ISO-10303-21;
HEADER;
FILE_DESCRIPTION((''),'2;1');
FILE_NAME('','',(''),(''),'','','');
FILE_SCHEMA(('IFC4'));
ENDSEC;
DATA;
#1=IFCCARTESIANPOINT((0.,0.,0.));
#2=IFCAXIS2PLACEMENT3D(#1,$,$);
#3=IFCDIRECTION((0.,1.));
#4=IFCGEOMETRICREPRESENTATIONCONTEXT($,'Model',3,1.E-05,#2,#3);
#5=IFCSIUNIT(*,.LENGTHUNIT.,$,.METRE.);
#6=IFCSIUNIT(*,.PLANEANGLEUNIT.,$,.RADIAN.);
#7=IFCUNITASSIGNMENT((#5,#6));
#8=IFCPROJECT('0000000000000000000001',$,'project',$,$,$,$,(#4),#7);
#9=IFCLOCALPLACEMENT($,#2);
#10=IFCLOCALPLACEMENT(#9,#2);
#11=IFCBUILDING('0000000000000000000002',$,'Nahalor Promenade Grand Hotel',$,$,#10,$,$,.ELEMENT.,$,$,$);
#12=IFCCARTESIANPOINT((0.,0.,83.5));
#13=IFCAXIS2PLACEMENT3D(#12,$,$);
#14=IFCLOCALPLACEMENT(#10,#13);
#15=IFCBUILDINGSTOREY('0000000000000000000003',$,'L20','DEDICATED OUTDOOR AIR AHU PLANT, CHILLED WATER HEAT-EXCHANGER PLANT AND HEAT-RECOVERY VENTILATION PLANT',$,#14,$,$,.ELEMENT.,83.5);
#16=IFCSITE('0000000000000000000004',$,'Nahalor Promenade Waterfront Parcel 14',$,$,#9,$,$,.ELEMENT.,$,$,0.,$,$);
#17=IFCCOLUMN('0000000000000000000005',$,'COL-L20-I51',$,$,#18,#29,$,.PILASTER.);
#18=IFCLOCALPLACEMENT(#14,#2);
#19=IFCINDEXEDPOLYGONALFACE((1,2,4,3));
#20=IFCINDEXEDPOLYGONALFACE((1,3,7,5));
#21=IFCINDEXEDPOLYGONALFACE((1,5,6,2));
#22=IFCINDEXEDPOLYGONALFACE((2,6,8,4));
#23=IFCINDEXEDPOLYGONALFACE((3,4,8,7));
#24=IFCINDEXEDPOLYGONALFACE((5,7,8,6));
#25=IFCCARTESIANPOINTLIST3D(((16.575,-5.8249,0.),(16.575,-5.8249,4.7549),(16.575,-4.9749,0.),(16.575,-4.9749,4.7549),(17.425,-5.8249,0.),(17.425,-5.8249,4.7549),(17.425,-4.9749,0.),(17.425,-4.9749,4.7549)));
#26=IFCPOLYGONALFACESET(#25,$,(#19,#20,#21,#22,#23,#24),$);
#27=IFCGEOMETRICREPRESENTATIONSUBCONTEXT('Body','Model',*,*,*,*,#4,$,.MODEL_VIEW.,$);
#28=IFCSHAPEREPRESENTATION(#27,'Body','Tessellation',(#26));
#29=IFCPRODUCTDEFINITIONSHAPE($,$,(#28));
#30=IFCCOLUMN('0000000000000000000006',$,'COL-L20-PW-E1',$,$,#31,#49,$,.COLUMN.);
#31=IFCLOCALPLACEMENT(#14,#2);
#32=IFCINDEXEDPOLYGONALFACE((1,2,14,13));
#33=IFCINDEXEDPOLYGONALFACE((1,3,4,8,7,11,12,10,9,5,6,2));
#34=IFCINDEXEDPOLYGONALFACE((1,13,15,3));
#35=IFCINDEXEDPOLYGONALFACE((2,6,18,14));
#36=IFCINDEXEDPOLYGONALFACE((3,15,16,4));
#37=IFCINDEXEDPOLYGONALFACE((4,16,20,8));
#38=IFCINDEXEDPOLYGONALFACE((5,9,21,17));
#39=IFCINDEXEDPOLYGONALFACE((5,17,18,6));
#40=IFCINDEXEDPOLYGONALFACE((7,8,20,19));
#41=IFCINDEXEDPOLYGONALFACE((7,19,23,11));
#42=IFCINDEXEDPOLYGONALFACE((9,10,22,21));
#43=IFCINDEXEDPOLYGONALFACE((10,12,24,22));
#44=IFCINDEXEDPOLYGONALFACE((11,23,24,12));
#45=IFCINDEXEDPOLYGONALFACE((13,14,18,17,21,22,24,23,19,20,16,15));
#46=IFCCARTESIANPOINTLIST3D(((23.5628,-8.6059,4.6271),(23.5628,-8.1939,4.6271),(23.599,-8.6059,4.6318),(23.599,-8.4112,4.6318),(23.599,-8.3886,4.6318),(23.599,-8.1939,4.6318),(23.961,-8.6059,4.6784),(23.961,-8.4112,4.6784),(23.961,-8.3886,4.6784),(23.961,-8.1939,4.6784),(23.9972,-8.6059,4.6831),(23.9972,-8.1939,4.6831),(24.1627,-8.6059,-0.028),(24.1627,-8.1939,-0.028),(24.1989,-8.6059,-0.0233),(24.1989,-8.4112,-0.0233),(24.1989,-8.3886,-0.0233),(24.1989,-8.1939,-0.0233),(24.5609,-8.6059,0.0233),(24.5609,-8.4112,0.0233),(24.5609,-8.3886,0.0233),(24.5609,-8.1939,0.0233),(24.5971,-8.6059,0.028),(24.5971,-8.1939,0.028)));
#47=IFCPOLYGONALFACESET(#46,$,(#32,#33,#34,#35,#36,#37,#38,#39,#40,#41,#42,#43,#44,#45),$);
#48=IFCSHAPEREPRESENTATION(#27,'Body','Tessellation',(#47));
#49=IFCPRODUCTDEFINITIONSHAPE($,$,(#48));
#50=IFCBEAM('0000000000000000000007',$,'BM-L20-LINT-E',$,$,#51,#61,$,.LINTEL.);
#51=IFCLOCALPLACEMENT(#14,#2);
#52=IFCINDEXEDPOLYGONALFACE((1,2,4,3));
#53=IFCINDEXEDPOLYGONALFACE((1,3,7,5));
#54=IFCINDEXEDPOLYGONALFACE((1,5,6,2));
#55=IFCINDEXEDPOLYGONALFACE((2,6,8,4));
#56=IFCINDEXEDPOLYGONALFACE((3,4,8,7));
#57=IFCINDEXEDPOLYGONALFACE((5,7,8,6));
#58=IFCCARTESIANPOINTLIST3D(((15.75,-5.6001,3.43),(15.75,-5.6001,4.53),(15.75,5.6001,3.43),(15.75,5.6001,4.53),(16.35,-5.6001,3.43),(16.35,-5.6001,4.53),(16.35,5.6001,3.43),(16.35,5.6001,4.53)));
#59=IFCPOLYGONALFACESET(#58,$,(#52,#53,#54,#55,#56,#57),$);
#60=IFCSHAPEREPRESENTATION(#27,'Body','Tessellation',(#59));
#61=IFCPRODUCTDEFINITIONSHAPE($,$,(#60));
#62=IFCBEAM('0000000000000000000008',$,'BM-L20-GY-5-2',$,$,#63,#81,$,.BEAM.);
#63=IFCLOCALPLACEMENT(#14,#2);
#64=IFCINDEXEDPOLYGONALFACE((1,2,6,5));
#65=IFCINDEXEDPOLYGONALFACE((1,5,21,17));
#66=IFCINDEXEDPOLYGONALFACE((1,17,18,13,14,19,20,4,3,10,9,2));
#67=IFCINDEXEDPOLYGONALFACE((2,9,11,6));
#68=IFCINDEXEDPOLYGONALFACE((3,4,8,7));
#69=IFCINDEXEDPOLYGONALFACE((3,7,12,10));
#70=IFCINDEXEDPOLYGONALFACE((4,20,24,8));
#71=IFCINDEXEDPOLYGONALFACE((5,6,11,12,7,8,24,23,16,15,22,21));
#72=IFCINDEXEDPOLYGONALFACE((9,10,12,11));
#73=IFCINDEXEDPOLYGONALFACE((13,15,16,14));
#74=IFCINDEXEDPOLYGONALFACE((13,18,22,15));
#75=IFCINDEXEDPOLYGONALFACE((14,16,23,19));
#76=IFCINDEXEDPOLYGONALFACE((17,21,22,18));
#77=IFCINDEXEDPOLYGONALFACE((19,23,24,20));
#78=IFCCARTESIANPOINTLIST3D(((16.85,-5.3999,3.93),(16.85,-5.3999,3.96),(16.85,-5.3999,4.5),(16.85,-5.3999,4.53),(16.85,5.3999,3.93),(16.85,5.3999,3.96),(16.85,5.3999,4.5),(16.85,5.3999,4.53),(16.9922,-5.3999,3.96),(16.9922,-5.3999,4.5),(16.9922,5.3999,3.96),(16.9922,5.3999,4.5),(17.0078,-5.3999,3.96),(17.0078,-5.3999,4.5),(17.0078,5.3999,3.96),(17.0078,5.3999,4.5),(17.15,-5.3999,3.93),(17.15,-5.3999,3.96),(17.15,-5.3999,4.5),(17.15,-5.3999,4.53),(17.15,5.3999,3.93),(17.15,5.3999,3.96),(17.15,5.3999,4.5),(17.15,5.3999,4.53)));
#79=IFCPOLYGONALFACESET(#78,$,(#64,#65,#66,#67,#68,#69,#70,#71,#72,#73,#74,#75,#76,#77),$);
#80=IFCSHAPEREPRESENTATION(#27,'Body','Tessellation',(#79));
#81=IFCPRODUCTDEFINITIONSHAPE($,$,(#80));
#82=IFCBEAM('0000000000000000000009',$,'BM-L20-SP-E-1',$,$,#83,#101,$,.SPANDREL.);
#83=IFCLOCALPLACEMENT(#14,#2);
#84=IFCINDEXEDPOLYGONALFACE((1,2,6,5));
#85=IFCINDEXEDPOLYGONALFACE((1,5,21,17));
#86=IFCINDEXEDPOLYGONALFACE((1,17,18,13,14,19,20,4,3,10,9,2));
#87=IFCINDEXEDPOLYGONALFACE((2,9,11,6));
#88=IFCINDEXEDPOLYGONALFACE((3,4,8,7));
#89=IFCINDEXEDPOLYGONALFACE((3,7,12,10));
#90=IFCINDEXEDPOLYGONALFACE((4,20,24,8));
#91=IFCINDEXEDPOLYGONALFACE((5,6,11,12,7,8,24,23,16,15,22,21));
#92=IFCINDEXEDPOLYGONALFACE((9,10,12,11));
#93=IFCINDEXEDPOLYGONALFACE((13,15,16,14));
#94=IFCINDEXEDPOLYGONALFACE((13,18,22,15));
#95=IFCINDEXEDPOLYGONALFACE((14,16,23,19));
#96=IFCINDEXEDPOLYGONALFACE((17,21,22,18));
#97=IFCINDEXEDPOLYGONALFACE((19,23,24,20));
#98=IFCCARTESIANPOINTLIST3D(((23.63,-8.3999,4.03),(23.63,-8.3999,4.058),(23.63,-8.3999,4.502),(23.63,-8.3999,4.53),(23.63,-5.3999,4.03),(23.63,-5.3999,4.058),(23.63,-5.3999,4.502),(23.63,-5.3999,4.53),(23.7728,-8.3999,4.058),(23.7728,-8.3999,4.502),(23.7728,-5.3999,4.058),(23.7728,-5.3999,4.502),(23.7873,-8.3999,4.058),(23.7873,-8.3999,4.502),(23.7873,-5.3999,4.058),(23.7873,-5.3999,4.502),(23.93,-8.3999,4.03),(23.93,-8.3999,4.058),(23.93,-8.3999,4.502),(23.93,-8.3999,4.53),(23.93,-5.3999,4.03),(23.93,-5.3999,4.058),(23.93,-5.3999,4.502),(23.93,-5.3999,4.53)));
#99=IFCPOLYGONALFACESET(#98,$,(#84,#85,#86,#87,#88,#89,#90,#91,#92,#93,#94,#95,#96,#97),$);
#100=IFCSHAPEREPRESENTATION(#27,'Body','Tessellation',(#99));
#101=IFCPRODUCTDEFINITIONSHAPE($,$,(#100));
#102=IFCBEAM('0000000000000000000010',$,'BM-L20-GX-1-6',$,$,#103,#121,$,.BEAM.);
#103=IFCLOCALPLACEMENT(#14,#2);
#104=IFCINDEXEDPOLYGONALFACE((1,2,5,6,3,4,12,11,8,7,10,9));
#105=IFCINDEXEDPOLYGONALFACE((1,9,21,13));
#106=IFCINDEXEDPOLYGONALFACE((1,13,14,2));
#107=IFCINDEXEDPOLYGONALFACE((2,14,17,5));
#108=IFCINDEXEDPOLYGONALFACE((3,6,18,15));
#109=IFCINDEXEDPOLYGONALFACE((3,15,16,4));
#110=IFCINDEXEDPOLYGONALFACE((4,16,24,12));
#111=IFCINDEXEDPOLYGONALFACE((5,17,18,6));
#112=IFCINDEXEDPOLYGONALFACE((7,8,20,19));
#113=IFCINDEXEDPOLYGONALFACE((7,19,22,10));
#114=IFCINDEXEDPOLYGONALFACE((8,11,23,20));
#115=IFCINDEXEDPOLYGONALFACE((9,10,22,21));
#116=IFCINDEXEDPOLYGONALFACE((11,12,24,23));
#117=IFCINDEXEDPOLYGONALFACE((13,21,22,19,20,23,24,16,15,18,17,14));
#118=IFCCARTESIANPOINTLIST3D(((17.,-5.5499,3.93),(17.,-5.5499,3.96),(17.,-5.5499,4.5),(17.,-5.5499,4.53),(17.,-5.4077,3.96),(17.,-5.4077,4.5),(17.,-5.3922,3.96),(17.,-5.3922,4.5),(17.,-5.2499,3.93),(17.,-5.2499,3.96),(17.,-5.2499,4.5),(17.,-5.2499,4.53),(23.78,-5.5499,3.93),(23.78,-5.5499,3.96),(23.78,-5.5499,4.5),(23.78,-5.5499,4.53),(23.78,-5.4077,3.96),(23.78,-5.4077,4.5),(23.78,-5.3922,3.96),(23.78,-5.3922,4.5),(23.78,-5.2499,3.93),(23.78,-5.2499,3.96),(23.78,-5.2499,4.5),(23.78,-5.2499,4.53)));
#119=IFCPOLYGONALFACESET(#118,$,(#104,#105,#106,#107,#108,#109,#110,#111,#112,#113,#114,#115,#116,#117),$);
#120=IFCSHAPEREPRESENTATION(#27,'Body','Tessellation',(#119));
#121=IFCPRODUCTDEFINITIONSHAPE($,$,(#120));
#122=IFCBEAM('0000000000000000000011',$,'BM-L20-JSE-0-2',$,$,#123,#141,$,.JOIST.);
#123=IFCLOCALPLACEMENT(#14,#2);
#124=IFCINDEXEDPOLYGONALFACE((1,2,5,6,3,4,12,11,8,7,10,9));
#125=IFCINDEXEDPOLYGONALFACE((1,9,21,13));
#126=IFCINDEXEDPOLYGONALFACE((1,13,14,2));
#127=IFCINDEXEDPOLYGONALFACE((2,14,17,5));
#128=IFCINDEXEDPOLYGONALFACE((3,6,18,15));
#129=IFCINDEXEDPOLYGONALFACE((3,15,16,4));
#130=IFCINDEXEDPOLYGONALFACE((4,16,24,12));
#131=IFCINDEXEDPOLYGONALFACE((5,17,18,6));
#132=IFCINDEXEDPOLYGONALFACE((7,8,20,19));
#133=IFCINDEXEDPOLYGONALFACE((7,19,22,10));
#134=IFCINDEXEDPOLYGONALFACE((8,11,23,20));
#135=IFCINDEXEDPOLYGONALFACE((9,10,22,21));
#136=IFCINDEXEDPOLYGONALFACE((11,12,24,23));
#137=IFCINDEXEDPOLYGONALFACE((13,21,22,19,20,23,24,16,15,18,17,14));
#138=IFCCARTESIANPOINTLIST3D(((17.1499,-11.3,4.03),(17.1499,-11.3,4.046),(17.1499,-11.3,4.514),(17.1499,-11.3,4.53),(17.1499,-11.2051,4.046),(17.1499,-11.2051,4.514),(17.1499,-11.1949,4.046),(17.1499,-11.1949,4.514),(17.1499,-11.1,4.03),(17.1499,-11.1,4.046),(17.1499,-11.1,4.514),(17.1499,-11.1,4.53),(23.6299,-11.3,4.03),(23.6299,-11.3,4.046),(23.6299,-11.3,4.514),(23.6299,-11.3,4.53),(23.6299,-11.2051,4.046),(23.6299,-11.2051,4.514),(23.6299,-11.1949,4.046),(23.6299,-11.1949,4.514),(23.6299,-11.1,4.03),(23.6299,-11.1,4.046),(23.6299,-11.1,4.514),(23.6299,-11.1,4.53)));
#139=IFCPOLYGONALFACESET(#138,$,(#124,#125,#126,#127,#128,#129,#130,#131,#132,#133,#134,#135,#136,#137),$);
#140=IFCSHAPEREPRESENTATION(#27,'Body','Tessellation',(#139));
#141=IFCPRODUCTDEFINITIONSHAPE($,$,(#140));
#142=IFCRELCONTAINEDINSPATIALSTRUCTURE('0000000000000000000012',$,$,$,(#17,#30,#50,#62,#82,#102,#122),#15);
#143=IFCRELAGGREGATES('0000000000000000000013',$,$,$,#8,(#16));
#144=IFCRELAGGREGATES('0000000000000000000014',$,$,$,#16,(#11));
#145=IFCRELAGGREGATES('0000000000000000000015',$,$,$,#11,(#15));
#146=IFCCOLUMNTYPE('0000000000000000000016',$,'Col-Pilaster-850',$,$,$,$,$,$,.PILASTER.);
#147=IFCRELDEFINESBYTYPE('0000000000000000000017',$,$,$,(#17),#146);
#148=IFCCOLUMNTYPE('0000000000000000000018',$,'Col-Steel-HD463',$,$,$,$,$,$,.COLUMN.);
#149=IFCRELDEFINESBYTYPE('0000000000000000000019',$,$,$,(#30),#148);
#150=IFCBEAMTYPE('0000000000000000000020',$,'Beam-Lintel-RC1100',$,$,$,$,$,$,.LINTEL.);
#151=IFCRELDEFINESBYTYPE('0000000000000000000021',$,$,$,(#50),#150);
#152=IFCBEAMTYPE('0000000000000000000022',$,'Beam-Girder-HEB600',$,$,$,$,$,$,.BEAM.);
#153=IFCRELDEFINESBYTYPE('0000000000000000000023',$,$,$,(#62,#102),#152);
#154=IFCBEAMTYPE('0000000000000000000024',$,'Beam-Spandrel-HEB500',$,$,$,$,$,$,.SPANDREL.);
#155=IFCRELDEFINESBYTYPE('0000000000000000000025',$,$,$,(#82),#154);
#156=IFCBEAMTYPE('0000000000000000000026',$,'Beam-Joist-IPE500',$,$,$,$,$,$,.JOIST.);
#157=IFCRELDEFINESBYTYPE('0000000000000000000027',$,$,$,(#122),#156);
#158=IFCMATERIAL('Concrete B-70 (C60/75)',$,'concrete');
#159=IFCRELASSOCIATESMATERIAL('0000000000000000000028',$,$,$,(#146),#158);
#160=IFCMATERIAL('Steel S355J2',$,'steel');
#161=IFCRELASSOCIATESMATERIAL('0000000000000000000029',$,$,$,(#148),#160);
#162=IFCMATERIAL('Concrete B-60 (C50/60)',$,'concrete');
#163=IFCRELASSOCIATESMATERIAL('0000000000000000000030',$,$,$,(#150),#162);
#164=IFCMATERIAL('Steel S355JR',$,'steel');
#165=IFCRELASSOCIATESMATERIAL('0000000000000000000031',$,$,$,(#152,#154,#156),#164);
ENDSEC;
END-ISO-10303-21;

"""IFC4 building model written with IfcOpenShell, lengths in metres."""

from ifc_helpers import new_model, si_unit, direction, frame, origin, origin_2d, place, context, subcontext, project, spatial, rectangle, i_section, extrude, source, transform, mapped, material, material_profile, profile_set, type_object, element, save


model = new_model("IFC4")

# Units and contexts
model_context = context("Model", 3, precision=1e-05, world=origin(), true_north=direction((0.0, 1.0)))
body_context = subcontext(model_context, "Body", "Model", "MODEL_VIEW")
ifc_project = project(units=[si_unit("LENGTHUNIT", "METRE"), si_unit("PLANEANGLEUNIT", "RADIAN")], contexts=[model_context])

# Site, building, storey
site_placement = place(None, origin())
site = spatial("IfcSite", under=ifc_project, at=site_placement, Name="Nahalor Promenade Waterfront Parcel 14", CompositionType="ELEMENT", RefElevation=0.0)
building_placement = place(site_placement, origin())
building = spatial("IfcBuilding", under=site, at=building_placement, Name="Nahalor Promenade Grand Hotel", CompositionType="ELEMENT")
storey_placement = place(building_placement, frame((0.0, 0.0, 83.5)))
storey = spatial("IfcBuildingStorey", under=building, at=storey_placement, Name="L20", Description="DEDICATED OUTDOOR AIR AHU PLANT, CHILLED WATER HEAT-EXCHANGER PLANT AND HEAT-RECOVERY VENTILATION PLANT", CompositionType="ELEMENT", Elevation=83.5)

# Columns
ifc_material_1 = material(Name="Concrete B-70 (C60/75)", Category="concrete")
ifc_material_profile_1 = material_profile(ifc_material_1, rectangle(XDim=0.85, YDim=0.85, at=origin_2d()), Name="RC 850x850")
ifc_profile_set_1 = profile_set([ifc_material_profile_1], Name="Concrete B-70 (C60/75)")
column_type_1 = type_object("IfcColumnType", Name="Col-Pilaster-850", PredefinedType="PILASTER", material=ifc_profile_set_1)
shared_shape_1 = source(origin(), body_context, "Body", "SweptSolid", [
    extrude(rectangle(XDim=0.85, YDim=0.85, at=origin_2d()), origin(), (0.0, 0.0, 1.0), 4.7549),
])
column_1_placement = place(storey_placement, frame((17.0, -5.3999, 0.0), z_axis=(0.0, 0.0, 1.0), x_axis=(1.0, 0.0, 0.0)))
element("IfcColumn", 1, at=column_1_placement, inside=storey, type_object=column_type_1, Name="COL-L20-I51", PredefinedType="PILASTER", context=body_context, shape_type="MappedRepresentation", body=[
    mapped(shared_shape_1, transform((0.0, 0.0, 0.0), scale=1.0)),
])
ifc_material_2 = material(Name="Steel S355J2", Category="steel")
ifc_material_profile_2 = material_profile(ifc_material_2, i_section(OverallWidth=0.412, OverallDepth=0.438, WebThickness=0.0226, FlangeThickness=0.0365, at=origin_2d()), Name="HD 400x463")
ifc_profile_set_2 = profile_set([ifc_material_profile_2], Name="Steel S355J2")
column_type_2 = type_object("IfcColumnType", Name="Col-Steel-HD463", PredefinedType="COLUMN", material=ifc_profile_set_2)
shared_shape_2 = source(origin(), body_context, "Body", "SweptSolid", [
    extrude(i_section(OverallWidth=0.412, OverallDepth=0.438, WebThickness=0.0226, FlangeThickness=0.0365, at=origin_2d()), origin(), (0.0, 0.0, 1.0), 4.6936),
])
column_2_placement = place(storey_placement, frame((24.3799, -8.3999, 0.0), z_axis=(-0.127805, 0.0, 0.991799), x_axis=(0.0, -1.0, 0.0)))
element("IfcColumn", 2, at=column_2_placement, inside=storey, type_object=column_type_2, Name="COL-L20-PW-E1", PredefinedType="COLUMN", context=body_context, shape_type="MappedRepresentation", body=[
    mapped(shared_shape_2, transform((0.0, 0.0, 0.0), scale=1.0)),
])

# Beams
ifc_material_3 = material(Name="Concrete B-60 (C50/60)", Category="concrete")
ifc_material_profile_3 = material_profile(ifc_material_3, rectangle(XDim=0.6, YDim=1.1, at=origin_2d()), Name="RC 600x1100")
ifc_profile_set_3 = profile_set([ifc_material_profile_3], Name="Concrete B-60 (C50/60)")
beam_type_1 = type_object("IfcBeamType", Name="Beam-Lintel-RC1100", PredefinedType="LINTEL", material=ifc_profile_set_3)
shared_shape_3 = source(origin(), body_context, "Body", "SweptSolid", [
    extrude(rectangle(XDim=0.6, YDim=1.1, at=origin_2d()), origin(), (0.0, 0.0, 1.0), 11.2002),
])
beam_1_placement = place(storey_placement, frame((16.05, -5.6001, 3.98), z_axis=(0.0, 1.0, 0.0), x_axis=(-1.0, 0.0, 0.0)))
element("IfcBeam", 3, at=beam_1_placement, inside=storey, type_object=beam_type_1, Name="BM-L20-LINT-E", PredefinedType="LINTEL", context=body_context, shape_type="MappedRepresentation", body=[
    mapped(shared_shape_3, transform((0.0, 0.0, 0.0), scale=1.0)),
])
ifc_material_4 = material(Name="Steel S355JR", Category="steel")
ifc_material_profile_4 = material_profile(ifc_material_4, i_section(OverallWidth=0.3, OverallDepth=0.6, WebThickness=0.0155, FlangeThickness=0.03, at=origin_2d()), Name="HEB 600")
ifc_profile_set_4 = profile_set([ifc_material_profile_4], Name="Steel S355JR")
beam_type_2 = type_object("IfcBeamType", Name="Beam-Girder-HEB600", PredefinedType="BEAM", material=ifc_profile_set_4)
shared_shape_4 = source(origin(), body_context, "Body", "SweptSolid", [
    extrude(i_section(OverallWidth=0.3, OverallDepth=0.6, WebThickness=0.0155, FlangeThickness=0.03, at=origin_2d()), origin(), (0.0, 0.0, 1.0), 10.7998),
])
beam_2_placement = place(storey_placement, frame((17.0, -5.3999, 4.23), z_axis=(0.0, 1.0, 0.0), x_axis=(-1.0, 0.0, 0.0)))
element("IfcBeam", 4, at=beam_2_placement, inside=storey, type_object=beam_type_2, Name="BM-L20-GY-5-2", PredefinedType="BEAM", context=body_context, shape_type="MappedRepresentation", body=[
    mapped(shared_shape_4, transform((0.0, 0.0, 0.0), scale=1.0)),
])
ifc_material_profile_5 = material_profile(ifc_material_4, i_section(OverallWidth=0.3, OverallDepth=0.5, WebThickness=0.0145, FlangeThickness=0.028, at=origin_2d()), Name="HEB 500")
ifc_profile_set_5 = profile_set([ifc_material_profile_5], Name="Steel S355JR")
beam_type_3 = type_object("IfcBeamType", Name="Beam-Spandrel-HEB500", PredefinedType="SPANDREL", material=ifc_profile_set_5)
shared_shape_5 = source(origin(), body_context, "Body", "SweptSolid", [
    extrude(i_section(OverallWidth=0.3, OverallDepth=0.5, WebThickness=0.0145, FlangeThickness=0.028, at=origin_2d()), origin(), (0.0, 0.0, 1.0), 3.0),
])
beam_3_placement = place(storey_placement, frame((23.78, -8.3999, 4.28), z_axis=(0.0, 1.0, 0.0), x_axis=(-1.0, 0.0, 0.0)))
element("IfcBeam", 5, at=beam_3_placement, inside=storey, type_object=beam_type_3, Name="BM-L20-SP-E-1", PredefinedType="SPANDREL", context=body_context, shape_type="MappedRepresentation", body=[
    mapped(shared_shape_5, transform((0.0, 0.0, 0.0), scale=1.0)),
])
shared_shape_6 = source(origin(), body_context, "Body", "SweptSolid", [
    extrude(i_section(OverallWidth=0.3, OverallDepth=0.6, WebThickness=0.0155, FlangeThickness=0.03, at=origin_2d()), origin(), (0.0, 0.0, 1.0), 6.78),
])
beam_4_placement = place(storey_placement, frame((17.0, -5.3999, 4.23), z_axis=(1.0, 0.0, 0.0), x_axis=(0.0, 1.0, 0.0)))
element("IfcBeam", 6, at=beam_4_placement, inside=storey, type_object=beam_type_2, Name="BM-L20-GX-1-6", PredefinedType="BEAM", context=body_context, shape_type="MappedRepresentation", body=[
    mapped(shared_shape_6, transform((0.0, 0.0, 0.0), scale=1.0)),
])
ifc_material_profile_6 = material_profile(ifc_material_4, i_section(OverallWidth=0.2, OverallDepth=0.5, WebThickness=0.0102, FlangeThickness=0.016, at=origin_2d()), Name="IPE 500")
ifc_profile_set_6 = profile_set([ifc_material_profile_6], Name="Steel S355JR")
beam_type_4 = type_object("IfcBeamType", Name="Beam-Joist-IPE500", PredefinedType="JOIST", material=ifc_profile_set_6)
shared_shape_7 = source(origin(), body_context, "Body", "SweptSolid", [
    extrude(i_section(OverallWidth=0.2, OverallDepth=0.5, WebThickness=0.0102, FlangeThickness=0.016, at=origin_2d()), origin(), (0.0, 0.0, 1.0), 6.48),
])
beam_5_placement = place(storey_placement, frame((17.1499, -11.2, 4.28), z_axis=(1.0, 0.0, 0.0), x_axis=(0.0, 1.0, 0.0)))
element("IfcBeam", 7, at=beam_5_placement, inside=storey, type_object=beam_type_4, Name="BM-L20-JSE-0-2", PredefinedType="JOIST", context=body_context, shape_type="MappedRepresentation", body=[
    mapped(shared_shape_7, transform((0.0, 0.0, 0.0), scale=1.0)),
])

save(model, "model.ifc")
